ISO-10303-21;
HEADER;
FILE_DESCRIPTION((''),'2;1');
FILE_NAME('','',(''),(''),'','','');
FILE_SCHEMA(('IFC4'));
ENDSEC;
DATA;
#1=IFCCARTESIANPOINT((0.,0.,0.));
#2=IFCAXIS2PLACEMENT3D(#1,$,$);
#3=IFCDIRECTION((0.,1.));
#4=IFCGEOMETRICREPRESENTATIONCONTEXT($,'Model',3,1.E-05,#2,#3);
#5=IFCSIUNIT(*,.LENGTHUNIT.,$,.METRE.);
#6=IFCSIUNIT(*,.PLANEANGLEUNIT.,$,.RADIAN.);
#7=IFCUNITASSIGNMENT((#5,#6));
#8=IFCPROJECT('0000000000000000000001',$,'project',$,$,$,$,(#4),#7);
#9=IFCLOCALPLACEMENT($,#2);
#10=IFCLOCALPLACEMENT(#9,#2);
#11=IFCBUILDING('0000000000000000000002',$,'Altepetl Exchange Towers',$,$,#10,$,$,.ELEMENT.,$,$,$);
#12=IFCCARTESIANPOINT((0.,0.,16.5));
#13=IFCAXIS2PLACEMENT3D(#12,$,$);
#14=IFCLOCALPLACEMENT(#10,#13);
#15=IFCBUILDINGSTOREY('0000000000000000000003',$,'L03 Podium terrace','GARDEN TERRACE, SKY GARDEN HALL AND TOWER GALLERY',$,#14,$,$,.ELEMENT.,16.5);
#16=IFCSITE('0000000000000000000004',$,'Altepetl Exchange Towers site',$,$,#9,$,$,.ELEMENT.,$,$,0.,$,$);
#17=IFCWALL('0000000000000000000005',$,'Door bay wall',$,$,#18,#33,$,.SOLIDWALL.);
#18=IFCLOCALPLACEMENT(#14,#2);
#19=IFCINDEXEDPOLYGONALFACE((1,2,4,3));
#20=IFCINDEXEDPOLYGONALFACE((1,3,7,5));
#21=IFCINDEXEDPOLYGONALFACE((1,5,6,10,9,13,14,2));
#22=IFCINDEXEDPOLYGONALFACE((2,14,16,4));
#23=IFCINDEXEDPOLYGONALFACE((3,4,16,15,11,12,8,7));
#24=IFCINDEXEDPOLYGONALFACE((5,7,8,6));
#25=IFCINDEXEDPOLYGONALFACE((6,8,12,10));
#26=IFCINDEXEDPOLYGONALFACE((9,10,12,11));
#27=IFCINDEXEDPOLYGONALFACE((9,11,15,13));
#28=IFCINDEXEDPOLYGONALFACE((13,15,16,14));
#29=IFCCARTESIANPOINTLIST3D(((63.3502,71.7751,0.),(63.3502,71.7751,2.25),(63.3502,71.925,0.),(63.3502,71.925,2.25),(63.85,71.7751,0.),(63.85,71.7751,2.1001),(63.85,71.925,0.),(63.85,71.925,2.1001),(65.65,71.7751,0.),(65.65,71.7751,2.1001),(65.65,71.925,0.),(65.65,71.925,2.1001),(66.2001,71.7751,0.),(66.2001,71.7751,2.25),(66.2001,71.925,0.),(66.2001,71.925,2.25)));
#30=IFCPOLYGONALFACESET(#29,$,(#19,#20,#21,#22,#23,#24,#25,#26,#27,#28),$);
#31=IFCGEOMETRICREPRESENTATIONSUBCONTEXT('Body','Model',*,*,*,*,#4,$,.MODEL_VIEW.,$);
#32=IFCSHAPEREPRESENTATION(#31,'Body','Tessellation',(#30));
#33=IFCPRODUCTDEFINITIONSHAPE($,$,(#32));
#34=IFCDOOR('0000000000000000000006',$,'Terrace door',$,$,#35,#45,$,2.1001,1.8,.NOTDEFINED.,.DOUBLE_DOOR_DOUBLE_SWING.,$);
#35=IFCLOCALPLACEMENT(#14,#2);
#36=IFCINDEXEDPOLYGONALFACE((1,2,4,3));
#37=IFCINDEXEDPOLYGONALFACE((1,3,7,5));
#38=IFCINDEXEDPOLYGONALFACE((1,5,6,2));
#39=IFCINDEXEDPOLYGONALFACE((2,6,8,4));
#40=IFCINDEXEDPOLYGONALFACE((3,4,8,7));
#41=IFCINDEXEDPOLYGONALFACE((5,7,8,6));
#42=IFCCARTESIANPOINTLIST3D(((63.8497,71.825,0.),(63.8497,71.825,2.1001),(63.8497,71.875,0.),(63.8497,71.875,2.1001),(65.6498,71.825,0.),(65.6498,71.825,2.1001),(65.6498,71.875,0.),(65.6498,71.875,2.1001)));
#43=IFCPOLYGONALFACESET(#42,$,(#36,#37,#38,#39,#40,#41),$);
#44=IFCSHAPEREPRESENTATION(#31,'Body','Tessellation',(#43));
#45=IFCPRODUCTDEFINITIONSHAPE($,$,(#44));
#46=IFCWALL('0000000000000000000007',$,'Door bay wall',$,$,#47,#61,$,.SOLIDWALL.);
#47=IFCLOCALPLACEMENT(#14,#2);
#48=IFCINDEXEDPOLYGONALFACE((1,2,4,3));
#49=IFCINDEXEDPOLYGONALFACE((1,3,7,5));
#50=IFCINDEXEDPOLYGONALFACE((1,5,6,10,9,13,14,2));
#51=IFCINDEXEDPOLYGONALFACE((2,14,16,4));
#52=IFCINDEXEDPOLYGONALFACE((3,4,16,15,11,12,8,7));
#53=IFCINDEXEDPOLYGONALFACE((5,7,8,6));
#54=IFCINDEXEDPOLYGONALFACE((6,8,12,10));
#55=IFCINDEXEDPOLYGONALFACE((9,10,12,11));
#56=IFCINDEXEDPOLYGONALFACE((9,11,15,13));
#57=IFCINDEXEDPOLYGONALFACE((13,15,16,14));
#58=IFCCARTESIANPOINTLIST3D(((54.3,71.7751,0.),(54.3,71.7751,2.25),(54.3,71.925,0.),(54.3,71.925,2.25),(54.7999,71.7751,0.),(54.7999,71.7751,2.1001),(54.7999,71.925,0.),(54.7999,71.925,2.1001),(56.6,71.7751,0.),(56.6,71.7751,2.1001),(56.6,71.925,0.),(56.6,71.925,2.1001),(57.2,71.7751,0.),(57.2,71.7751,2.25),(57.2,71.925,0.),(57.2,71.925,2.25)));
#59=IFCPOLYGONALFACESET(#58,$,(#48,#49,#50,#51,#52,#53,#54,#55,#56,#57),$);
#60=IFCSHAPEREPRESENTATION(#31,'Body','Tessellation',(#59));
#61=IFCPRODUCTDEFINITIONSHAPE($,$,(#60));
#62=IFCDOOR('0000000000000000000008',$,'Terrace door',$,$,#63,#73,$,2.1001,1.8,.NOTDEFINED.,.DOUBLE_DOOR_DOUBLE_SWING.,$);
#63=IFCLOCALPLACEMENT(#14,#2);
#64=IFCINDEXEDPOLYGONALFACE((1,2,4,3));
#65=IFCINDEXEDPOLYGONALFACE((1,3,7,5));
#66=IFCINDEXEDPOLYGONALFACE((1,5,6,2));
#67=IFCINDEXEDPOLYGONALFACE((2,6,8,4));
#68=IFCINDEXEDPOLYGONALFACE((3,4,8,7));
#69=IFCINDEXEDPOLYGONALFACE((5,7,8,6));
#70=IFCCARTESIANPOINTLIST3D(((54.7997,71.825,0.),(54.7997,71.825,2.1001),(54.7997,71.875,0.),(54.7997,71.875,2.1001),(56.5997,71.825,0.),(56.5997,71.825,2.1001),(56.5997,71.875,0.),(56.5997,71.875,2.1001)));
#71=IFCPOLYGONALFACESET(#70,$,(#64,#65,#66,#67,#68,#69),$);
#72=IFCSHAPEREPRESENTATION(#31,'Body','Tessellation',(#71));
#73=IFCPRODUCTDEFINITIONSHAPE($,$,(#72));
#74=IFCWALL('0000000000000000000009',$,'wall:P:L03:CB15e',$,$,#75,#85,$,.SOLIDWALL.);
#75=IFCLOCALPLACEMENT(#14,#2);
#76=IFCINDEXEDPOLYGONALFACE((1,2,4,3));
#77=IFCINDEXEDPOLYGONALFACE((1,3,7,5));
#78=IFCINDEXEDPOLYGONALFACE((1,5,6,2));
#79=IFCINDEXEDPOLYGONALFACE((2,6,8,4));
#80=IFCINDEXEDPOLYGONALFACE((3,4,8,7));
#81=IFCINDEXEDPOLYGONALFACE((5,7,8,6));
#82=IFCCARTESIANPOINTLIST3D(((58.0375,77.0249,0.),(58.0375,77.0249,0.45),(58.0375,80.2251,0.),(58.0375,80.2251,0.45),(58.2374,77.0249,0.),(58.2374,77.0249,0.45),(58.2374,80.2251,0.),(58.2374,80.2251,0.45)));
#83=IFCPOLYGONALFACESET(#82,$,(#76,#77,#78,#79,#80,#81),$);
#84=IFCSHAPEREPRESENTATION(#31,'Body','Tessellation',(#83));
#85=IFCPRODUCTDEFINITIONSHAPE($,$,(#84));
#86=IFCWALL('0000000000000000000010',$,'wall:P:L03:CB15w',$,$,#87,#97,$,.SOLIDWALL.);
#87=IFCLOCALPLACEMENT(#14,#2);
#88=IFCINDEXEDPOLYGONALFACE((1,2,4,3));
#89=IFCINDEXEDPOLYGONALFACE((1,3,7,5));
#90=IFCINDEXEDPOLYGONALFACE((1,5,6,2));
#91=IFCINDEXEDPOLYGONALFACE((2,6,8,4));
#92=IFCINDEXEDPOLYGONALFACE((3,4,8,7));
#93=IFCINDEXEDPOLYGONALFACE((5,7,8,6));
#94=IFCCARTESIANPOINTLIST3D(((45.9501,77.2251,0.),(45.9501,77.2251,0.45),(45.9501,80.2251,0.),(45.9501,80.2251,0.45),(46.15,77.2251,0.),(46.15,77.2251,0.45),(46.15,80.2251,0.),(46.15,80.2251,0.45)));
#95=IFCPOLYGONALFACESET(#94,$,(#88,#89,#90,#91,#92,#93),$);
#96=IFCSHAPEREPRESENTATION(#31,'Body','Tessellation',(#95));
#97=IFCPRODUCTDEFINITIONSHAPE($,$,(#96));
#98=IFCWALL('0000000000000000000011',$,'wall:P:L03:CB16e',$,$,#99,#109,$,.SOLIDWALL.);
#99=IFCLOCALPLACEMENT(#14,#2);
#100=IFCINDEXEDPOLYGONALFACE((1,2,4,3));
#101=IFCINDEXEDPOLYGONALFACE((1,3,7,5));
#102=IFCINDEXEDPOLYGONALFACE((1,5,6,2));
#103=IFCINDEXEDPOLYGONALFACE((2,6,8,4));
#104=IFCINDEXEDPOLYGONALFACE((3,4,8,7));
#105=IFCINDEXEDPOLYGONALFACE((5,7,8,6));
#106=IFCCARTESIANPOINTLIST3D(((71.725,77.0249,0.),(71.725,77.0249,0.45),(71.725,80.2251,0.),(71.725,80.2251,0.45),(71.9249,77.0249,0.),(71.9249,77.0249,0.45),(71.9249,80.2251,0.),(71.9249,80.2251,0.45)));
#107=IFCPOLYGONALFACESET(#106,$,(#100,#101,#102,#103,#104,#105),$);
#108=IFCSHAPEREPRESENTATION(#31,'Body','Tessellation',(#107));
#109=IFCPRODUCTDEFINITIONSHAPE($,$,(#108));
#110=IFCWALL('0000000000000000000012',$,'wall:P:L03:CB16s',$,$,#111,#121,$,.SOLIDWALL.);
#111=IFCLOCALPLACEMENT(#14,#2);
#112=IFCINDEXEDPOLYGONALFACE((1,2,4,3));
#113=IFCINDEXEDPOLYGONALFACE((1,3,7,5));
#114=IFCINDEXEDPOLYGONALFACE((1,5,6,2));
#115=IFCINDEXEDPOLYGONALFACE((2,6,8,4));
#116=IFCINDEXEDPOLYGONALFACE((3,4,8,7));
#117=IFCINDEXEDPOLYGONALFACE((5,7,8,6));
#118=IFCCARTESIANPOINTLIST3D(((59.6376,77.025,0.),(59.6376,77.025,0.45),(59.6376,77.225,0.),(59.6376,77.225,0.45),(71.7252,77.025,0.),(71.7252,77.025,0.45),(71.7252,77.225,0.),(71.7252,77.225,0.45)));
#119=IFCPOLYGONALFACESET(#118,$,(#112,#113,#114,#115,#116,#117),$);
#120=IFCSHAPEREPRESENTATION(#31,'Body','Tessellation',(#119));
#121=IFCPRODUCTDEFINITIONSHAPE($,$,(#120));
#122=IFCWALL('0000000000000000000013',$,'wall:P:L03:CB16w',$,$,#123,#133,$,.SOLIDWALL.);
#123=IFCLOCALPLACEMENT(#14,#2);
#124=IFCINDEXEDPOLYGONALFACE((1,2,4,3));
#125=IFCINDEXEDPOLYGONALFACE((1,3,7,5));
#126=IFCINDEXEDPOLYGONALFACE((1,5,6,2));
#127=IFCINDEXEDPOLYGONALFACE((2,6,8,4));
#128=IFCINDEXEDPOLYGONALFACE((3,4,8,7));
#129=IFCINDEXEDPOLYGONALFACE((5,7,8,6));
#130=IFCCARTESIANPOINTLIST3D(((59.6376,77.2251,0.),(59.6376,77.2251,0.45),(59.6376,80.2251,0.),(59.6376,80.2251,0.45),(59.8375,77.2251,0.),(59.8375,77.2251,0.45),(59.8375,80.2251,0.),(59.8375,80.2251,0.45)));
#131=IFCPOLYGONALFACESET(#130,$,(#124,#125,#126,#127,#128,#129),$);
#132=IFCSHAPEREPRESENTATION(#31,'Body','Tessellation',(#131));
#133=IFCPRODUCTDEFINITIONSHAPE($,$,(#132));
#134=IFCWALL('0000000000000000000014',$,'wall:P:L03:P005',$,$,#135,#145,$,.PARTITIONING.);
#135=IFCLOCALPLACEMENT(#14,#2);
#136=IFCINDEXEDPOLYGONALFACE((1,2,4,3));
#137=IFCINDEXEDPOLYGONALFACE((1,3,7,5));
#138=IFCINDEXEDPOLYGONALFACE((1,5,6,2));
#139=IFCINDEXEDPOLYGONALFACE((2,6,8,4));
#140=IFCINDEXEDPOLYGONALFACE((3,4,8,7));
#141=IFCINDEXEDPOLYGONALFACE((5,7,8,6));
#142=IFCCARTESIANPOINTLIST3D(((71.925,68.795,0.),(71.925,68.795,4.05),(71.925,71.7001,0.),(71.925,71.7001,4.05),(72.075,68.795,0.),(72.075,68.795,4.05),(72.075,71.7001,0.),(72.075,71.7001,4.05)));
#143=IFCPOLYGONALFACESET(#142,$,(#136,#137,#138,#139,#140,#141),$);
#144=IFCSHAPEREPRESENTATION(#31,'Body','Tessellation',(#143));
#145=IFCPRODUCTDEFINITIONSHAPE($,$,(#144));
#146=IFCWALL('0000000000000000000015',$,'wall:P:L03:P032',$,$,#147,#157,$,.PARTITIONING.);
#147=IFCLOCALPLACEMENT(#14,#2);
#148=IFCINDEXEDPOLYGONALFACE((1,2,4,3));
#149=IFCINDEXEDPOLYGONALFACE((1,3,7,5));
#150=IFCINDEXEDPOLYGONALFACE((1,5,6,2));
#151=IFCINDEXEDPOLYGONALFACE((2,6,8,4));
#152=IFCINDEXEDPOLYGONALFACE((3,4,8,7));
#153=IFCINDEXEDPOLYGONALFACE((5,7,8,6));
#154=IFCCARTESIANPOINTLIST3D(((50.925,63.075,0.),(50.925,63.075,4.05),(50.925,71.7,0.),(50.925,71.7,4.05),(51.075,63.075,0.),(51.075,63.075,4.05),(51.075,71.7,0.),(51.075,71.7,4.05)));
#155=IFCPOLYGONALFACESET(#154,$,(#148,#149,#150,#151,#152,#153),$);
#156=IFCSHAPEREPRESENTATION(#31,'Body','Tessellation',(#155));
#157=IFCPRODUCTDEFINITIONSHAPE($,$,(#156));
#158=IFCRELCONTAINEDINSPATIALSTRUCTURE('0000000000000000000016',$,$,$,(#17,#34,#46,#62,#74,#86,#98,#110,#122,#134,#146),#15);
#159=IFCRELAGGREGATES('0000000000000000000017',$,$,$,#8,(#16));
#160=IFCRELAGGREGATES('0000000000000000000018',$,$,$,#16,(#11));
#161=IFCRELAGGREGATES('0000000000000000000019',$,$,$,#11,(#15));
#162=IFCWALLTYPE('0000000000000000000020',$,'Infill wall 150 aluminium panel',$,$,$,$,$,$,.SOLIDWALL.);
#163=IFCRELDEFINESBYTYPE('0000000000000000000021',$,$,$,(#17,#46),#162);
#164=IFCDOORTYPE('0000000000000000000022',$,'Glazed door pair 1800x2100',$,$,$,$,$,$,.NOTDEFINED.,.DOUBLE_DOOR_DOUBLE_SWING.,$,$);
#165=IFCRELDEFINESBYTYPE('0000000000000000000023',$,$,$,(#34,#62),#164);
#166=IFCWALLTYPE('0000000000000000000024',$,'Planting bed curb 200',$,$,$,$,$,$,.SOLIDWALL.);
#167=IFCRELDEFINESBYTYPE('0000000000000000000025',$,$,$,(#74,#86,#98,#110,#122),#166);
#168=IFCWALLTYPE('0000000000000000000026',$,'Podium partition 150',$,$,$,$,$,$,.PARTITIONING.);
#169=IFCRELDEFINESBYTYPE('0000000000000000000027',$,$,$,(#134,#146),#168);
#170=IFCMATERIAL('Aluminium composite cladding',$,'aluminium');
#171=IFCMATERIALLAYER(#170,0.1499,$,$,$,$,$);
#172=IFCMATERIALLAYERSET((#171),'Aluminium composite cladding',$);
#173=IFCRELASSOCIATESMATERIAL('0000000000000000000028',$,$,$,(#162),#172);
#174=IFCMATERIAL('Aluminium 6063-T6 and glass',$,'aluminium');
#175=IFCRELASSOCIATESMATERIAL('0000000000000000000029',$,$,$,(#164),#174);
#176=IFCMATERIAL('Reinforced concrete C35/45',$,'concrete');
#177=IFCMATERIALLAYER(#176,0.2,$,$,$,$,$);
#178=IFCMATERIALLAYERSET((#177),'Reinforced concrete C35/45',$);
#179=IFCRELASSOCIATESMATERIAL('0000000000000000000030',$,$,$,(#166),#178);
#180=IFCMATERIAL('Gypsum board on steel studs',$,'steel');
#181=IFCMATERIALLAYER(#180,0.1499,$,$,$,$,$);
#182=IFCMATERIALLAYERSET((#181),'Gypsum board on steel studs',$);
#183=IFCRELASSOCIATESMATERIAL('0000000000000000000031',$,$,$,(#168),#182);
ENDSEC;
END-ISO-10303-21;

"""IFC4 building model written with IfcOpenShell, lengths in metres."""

from ifc_helpers import new_model, si_unit, direction, frame, frame_2d, origin, place, context, subcontext, project, spatial, rectangle, extrude, material, layer, layer_set, type_object, element, fill, save


model = new_model("IFC4")

# Units and contexts
model_context = context("Model", 3, precision=1e-05, world=origin(), true_north=direction((0.0, 1.0)))
body_context = subcontext(model_context, "Body", "Model", "MODEL_VIEW")
ifc_project = project(units=[si_unit("LENGTHUNIT", "METRE"), si_unit("PLANEANGLEUNIT", "RADIAN")], contexts=[model_context])

# Site, building, storey
site_placement = place(None, origin())
site = spatial("IfcSite", under=ifc_project, at=site_placement, Name="Altepetl Exchange Towers site", CompositionType="ELEMENT", RefElevation=0.0)
building_placement = place(site_placement, origin())
building = spatial("IfcBuilding", under=site, at=building_placement, Name="Altepetl Exchange Towers", CompositionType="ELEMENT")
storey_placement = place(building_placement, frame((0.0, 0.0, 16.5)))
storey = spatial("IfcBuildingStorey", under=building, at=storey_placement, Name="L03 Podium terrace", Description="GARDEN TERRACE, SKY GARDEN HALL AND TOWER GALLERY", CompositionType="ELEMENT", Elevation=16.5)

# Walls, openings, doors
ifc_material_1 = material(Name="Aluminium composite cladding", Category="aluminium")
ifc_layer_1 = layer(ifc_material_1, 0.1499)
ifc_layer_set_1 = layer_set([ifc_layer_1], Name="Aluminium composite cladding")
wall_type_1 = type_object("IfcWallType", Name="Infill wall 150 aluminium panel", PredefinedType="SOLIDWALL", material=ifc_layer_set_1)
wall_1_placement = place(storey_placement, frame((66.2, 71.8501, 0.0), z_axis=(0.0, 0.0, 1.0), x_axis=(-1.0, 0.0, 0.0)))
wall_1 = element("IfcWall", 1, at=wall_1_placement, inside=storey, type_object=wall_type_1, Name="Door bay wall", PredefinedType="SOLIDWALL", context=body_context, shape_type="SweptSolid", body=[
    extrude(rectangle(XDim=2.8499, YDim=0.1499, at=frame_2d((1.4248, 0.0))), origin(), (0.0, 0.0, 1.0), 2.25),
])
opening_1_placement = place(wall_1_placement, frame((0.55, 0.0, 0.0)))
opening_1 = element("IfcOpeningElement", 2, at=opening_1_placement, cuts=wall_1, PredefinedType="OPENING", context=body_context, shape_type="SweptSolid", body=[
    extrude(rectangle(XDim=1.8, YDim=2.1001, at=frame_2d((0.8999, 1.05))), frame((0.0, 0.085, 0.0), z_axis=(0.0, -1.0, 0.0), x_axis=(1.0, 0.0, 0.0)), (0.0, 0.0, 1.0), 0.1699),
])
ifc_material_2 = material(Name="Aluminium 6063-T6 and glass", Category="aluminium")
door_type = type_object("IfcDoorType", Name="Glazed door pair 1800x2100", OperationType="DOUBLE_DOOR_DOUBLE_SWING", PredefinedType="NOTDEFINED", material=ifc_material_2)
door_1_placement = place(opening_1_placement, frame((1.8, 0.0, 0.0), x_axis=(-1.0, 0.0, 0.0)))
door_1 = element("IfcDoor", 3, at=door_1_placement, inside=storey, type_object=door_type, Name="Terrace door", OperationType="DOUBLE_DOOR_DOUBLE_SWING", OverallHeight=2.1001, OverallWidth=1.8, PredefinedType="NOTDEFINED", context=body_context, shape_type="SweptSolid", body=[
    extrude(rectangle(XDim=1.8, YDim=2.1001, at=frame_2d((0.8999, 1.05))), frame((0.0, 0.0249, 0.0), z_axis=(0.0, -1.0, 0.0), x_axis=(1.0, 0.0, 0.0)), (0.0, 0.0, 1.0), 0.05),
])
fill(opening_1, door_1)
wall_2_placement = place(storey_placement, frame((57.2, 71.8501, 0.0), z_axis=(0.0, 0.0, 1.0), x_axis=(-1.0, 0.0, 0.0)))
wall_2 = element("IfcWall", 4, at=wall_2_placement, inside=storey, type_object=wall_type_1, Name="Door bay wall", PredefinedType="SOLIDWALL", context=body_context, shape_type="SweptSolid", body=[
    extrude(rectangle(XDim=2.8999, YDim=0.1499, at=frame_2d((1.45, 0.0))), origin(), (0.0, 0.0, 1.0), 2.25),
])
opening_2_placement = place(wall_2_placement, frame((0.6001, 0.0, 0.0)))
opening_2 = element("IfcOpeningElement", 5, at=opening_2_placement, cuts=wall_2, PredefinedType="OPENING", context=body_context, shape_type="SweptSolid", body=[
    extrude(rectangle(XDim=1.8, YDim=2.1001, at=frame_2d((0.8999, 1.05))), frame((0.0, 0.085, 0.0), z_axis=(0.0, -1.0, 0.0), x_axis=(1.0, 0.0, 0.0)), (0.0, 0.0, 1.0), 0.1699),
])
door_2_placement = place(opening_2_placement, frame((1.8, 0.0, 0.0), x_axis=(-1.0, 0.0, 0.0)))
door_2 = element("IfcDoor", 6, at=door_2_placement, inside=storey, type_object=door_type, Name="Terrace door", OperationType="DOUBLE_DOOR_DOUBLE_SWING", OverallHeight=2.1001, OverallWidth=1.8, PredefinedType="NOTDEFINED", context=body_context, shape_type="SweptSolid", body=[
    extrude(rectangle(XDim=1.8, YDim=2.1001, at=frame_2d((0.8999, 1.05))), frame((0.0, 0.0249, 0.0), z_axis=(0.0, -1.0, 0.0), x_axis=(1.0, 0.0, 0.0)), (0.0, 0.0, 1.0), 0.05),
])
fill(opening_2, door_2)

# Walls
ifc_material_3 = material(Name="Reinforced concrete C35/45", Category="concrete")
ifc_layer_2 = layer(ifc_material_3, 0.2)
ifc_layer_set_2 = layer_set([ifc_layer_2], Name="Reinforced concrete C35/45")
wall_type_2 = type_object("IfcWallType", Name="Planting bed curb 200", PredefinedType="SOLIDWALL", material=ifc_layer_set_2)
wall_3_placement = place(storey_placement, frame((58.1375, 77.0249, 0.0), z_axis=(0.0, 0.0, 1.0), x_axis=(0.0, 1.0, 0.0)))
element("IfcWall", 7, at=wall_3_placement, inside=storey, type_object=wall_type_2, Name="wall:P:L03:CB15e", PredefinedType="SOLIDWALL", context=body_context, shape_type="SweptSolid", body=[
    extrude(rectangle(XDim=3.2002, YDim=0.2, at=frame_2d((1.6001, 0.0))), origin(), (0.0, 0.0, 1.0), 0.45),
])
wall_4_placement = place(storey_placement, frame((46.05, 77.2251, 0.0), z_axis=(0.0, 0.0, 1.0), x_axis=(0.0, 1.0, 0.0)))
element("IfcWall", 8, at=wall_4_placement, inside=storey, type_object=wall_type_2, Name="wall:P:L03:CB15w", PredefinedType="SOLIDWALL", context=body_context, shape_type="SweptSolid", body=[
    extrude(rectangle(XDim=3.0, YDim=0.2, at=frame_2d((1.5, 0.0))), origin(), (0.0, 0.0, 1.0), 0.45),
])
wall_5_placement = place(storey_placement, frame((71.825, 77.0249, 0.0), z_axis=(0.0, 0.0, 1.0), x_axis=(0.0, 1.0, 0.0)))
element("IfcWall", 9, at=wall_5_placement, inside=storey, type_object=wall_type_2, Name="wall:P:L03:CB16e", PredefinedType="SOLIDWALL", context=body_context, shape_type="SweptSolid", body=[
    extrude(rectangle(XDim=3.2002, YDim=0.2, at=frame_2d((1.6001, 0.0))), origin(), (0.0, 0.0, 1.0), 0.45),
])
wall_6_placement = place(storey_placement, frame((59.6375, 77.125, 0.0)))
element("IfcWall", 10, at=wall_6_placement, inside=storey, type_object=wall_type_2, Name="wall:P:L03:CB16s", PredefinedType="SOLIDWALL", context=body_context, shape_type="SweptSolid", body=[
    extrude(rectangle(XDim=12.0876, YDim=0.2, at=frame_2d((6.0439, 0.0))), origin(), (0.0, 0.0, 1.0), 0.45),
])
wall_7_placement = place(storey_placement, frame((59.7375, 77.2251, 0.0), z_axis=(0.0, 0.0, 1.0), x_axis=(0.0, 1.0, 0.0)))
element("IfcWall", 11, at=wall_7_placement, inside=storey, type_object=wall_type_2, Name="wall:P:L03:CB16w", PredefinedType="SOLIDWALL", context=body_context, shape_type="SweptSolid", body=[
    extrude(rectangle(XDim=3.0, YDim=0.2, at=frame_2d((1.5, 0.0))), origin(), (0.0, 0.0, 1.0), 0.45),
])
ifc_material_4 = material(Name="Gypsum board on steel studs", Category="steel")
ifc_layer_3 = layer(ifc_material_4, 0.1499)
ifc_layer_set_3 = layer_set([ifc_layer_3], Name="Gypsum board on steel studs")
wall_type_3 = type_object("IfcWallType", Name="Podium partition 150", PredefinedType="PARTITIONING", material=ifc_layer_set_3)
wall_8_placement = place(storey_placement, frame((72.0, 68.7949, 0.0), z_axis=(0.0, 0.0, 1.0), x_axis=(0.0, 1.0, 0.0)))
element("IfcWall", 12, at=wall_8_placement, inside=storey, type_object=wall_type_3, Name="wall:P:L03:P005", PredefinedType="PARTITIONING", context=body_context, shape_type="SweptSolid", body=[
    extrude(rectangle(XDim=2.905, YDim=0.1499, at=frame_2d((1.4526, 0.0))), origin(), (0.0, 0.0, 1.0), 4.05),
])
wall_9_placement = place(storey_placement, frame((51.0, 63.075, 0.0), z_axis=(0.0, 0.0, 1.0), x_axis=(0.0, 1.0, 0.0)))
element("IfcWall", 13, at=wall_9_placement, inside=storey, type_object=wall_type_3, Name="wall:P:L03:P032", PredefinedType="PARTITIONING", context=body_context, shape_type="SweptSolid", body=[
    extrude(rectangle(XDim=8.625, YDim=0.1499, at=frame_2d((4.3125, 0.0))), origin(), (0.0, 0.0, 1.0), 4.05),
])

save(model, "model.ifc")
